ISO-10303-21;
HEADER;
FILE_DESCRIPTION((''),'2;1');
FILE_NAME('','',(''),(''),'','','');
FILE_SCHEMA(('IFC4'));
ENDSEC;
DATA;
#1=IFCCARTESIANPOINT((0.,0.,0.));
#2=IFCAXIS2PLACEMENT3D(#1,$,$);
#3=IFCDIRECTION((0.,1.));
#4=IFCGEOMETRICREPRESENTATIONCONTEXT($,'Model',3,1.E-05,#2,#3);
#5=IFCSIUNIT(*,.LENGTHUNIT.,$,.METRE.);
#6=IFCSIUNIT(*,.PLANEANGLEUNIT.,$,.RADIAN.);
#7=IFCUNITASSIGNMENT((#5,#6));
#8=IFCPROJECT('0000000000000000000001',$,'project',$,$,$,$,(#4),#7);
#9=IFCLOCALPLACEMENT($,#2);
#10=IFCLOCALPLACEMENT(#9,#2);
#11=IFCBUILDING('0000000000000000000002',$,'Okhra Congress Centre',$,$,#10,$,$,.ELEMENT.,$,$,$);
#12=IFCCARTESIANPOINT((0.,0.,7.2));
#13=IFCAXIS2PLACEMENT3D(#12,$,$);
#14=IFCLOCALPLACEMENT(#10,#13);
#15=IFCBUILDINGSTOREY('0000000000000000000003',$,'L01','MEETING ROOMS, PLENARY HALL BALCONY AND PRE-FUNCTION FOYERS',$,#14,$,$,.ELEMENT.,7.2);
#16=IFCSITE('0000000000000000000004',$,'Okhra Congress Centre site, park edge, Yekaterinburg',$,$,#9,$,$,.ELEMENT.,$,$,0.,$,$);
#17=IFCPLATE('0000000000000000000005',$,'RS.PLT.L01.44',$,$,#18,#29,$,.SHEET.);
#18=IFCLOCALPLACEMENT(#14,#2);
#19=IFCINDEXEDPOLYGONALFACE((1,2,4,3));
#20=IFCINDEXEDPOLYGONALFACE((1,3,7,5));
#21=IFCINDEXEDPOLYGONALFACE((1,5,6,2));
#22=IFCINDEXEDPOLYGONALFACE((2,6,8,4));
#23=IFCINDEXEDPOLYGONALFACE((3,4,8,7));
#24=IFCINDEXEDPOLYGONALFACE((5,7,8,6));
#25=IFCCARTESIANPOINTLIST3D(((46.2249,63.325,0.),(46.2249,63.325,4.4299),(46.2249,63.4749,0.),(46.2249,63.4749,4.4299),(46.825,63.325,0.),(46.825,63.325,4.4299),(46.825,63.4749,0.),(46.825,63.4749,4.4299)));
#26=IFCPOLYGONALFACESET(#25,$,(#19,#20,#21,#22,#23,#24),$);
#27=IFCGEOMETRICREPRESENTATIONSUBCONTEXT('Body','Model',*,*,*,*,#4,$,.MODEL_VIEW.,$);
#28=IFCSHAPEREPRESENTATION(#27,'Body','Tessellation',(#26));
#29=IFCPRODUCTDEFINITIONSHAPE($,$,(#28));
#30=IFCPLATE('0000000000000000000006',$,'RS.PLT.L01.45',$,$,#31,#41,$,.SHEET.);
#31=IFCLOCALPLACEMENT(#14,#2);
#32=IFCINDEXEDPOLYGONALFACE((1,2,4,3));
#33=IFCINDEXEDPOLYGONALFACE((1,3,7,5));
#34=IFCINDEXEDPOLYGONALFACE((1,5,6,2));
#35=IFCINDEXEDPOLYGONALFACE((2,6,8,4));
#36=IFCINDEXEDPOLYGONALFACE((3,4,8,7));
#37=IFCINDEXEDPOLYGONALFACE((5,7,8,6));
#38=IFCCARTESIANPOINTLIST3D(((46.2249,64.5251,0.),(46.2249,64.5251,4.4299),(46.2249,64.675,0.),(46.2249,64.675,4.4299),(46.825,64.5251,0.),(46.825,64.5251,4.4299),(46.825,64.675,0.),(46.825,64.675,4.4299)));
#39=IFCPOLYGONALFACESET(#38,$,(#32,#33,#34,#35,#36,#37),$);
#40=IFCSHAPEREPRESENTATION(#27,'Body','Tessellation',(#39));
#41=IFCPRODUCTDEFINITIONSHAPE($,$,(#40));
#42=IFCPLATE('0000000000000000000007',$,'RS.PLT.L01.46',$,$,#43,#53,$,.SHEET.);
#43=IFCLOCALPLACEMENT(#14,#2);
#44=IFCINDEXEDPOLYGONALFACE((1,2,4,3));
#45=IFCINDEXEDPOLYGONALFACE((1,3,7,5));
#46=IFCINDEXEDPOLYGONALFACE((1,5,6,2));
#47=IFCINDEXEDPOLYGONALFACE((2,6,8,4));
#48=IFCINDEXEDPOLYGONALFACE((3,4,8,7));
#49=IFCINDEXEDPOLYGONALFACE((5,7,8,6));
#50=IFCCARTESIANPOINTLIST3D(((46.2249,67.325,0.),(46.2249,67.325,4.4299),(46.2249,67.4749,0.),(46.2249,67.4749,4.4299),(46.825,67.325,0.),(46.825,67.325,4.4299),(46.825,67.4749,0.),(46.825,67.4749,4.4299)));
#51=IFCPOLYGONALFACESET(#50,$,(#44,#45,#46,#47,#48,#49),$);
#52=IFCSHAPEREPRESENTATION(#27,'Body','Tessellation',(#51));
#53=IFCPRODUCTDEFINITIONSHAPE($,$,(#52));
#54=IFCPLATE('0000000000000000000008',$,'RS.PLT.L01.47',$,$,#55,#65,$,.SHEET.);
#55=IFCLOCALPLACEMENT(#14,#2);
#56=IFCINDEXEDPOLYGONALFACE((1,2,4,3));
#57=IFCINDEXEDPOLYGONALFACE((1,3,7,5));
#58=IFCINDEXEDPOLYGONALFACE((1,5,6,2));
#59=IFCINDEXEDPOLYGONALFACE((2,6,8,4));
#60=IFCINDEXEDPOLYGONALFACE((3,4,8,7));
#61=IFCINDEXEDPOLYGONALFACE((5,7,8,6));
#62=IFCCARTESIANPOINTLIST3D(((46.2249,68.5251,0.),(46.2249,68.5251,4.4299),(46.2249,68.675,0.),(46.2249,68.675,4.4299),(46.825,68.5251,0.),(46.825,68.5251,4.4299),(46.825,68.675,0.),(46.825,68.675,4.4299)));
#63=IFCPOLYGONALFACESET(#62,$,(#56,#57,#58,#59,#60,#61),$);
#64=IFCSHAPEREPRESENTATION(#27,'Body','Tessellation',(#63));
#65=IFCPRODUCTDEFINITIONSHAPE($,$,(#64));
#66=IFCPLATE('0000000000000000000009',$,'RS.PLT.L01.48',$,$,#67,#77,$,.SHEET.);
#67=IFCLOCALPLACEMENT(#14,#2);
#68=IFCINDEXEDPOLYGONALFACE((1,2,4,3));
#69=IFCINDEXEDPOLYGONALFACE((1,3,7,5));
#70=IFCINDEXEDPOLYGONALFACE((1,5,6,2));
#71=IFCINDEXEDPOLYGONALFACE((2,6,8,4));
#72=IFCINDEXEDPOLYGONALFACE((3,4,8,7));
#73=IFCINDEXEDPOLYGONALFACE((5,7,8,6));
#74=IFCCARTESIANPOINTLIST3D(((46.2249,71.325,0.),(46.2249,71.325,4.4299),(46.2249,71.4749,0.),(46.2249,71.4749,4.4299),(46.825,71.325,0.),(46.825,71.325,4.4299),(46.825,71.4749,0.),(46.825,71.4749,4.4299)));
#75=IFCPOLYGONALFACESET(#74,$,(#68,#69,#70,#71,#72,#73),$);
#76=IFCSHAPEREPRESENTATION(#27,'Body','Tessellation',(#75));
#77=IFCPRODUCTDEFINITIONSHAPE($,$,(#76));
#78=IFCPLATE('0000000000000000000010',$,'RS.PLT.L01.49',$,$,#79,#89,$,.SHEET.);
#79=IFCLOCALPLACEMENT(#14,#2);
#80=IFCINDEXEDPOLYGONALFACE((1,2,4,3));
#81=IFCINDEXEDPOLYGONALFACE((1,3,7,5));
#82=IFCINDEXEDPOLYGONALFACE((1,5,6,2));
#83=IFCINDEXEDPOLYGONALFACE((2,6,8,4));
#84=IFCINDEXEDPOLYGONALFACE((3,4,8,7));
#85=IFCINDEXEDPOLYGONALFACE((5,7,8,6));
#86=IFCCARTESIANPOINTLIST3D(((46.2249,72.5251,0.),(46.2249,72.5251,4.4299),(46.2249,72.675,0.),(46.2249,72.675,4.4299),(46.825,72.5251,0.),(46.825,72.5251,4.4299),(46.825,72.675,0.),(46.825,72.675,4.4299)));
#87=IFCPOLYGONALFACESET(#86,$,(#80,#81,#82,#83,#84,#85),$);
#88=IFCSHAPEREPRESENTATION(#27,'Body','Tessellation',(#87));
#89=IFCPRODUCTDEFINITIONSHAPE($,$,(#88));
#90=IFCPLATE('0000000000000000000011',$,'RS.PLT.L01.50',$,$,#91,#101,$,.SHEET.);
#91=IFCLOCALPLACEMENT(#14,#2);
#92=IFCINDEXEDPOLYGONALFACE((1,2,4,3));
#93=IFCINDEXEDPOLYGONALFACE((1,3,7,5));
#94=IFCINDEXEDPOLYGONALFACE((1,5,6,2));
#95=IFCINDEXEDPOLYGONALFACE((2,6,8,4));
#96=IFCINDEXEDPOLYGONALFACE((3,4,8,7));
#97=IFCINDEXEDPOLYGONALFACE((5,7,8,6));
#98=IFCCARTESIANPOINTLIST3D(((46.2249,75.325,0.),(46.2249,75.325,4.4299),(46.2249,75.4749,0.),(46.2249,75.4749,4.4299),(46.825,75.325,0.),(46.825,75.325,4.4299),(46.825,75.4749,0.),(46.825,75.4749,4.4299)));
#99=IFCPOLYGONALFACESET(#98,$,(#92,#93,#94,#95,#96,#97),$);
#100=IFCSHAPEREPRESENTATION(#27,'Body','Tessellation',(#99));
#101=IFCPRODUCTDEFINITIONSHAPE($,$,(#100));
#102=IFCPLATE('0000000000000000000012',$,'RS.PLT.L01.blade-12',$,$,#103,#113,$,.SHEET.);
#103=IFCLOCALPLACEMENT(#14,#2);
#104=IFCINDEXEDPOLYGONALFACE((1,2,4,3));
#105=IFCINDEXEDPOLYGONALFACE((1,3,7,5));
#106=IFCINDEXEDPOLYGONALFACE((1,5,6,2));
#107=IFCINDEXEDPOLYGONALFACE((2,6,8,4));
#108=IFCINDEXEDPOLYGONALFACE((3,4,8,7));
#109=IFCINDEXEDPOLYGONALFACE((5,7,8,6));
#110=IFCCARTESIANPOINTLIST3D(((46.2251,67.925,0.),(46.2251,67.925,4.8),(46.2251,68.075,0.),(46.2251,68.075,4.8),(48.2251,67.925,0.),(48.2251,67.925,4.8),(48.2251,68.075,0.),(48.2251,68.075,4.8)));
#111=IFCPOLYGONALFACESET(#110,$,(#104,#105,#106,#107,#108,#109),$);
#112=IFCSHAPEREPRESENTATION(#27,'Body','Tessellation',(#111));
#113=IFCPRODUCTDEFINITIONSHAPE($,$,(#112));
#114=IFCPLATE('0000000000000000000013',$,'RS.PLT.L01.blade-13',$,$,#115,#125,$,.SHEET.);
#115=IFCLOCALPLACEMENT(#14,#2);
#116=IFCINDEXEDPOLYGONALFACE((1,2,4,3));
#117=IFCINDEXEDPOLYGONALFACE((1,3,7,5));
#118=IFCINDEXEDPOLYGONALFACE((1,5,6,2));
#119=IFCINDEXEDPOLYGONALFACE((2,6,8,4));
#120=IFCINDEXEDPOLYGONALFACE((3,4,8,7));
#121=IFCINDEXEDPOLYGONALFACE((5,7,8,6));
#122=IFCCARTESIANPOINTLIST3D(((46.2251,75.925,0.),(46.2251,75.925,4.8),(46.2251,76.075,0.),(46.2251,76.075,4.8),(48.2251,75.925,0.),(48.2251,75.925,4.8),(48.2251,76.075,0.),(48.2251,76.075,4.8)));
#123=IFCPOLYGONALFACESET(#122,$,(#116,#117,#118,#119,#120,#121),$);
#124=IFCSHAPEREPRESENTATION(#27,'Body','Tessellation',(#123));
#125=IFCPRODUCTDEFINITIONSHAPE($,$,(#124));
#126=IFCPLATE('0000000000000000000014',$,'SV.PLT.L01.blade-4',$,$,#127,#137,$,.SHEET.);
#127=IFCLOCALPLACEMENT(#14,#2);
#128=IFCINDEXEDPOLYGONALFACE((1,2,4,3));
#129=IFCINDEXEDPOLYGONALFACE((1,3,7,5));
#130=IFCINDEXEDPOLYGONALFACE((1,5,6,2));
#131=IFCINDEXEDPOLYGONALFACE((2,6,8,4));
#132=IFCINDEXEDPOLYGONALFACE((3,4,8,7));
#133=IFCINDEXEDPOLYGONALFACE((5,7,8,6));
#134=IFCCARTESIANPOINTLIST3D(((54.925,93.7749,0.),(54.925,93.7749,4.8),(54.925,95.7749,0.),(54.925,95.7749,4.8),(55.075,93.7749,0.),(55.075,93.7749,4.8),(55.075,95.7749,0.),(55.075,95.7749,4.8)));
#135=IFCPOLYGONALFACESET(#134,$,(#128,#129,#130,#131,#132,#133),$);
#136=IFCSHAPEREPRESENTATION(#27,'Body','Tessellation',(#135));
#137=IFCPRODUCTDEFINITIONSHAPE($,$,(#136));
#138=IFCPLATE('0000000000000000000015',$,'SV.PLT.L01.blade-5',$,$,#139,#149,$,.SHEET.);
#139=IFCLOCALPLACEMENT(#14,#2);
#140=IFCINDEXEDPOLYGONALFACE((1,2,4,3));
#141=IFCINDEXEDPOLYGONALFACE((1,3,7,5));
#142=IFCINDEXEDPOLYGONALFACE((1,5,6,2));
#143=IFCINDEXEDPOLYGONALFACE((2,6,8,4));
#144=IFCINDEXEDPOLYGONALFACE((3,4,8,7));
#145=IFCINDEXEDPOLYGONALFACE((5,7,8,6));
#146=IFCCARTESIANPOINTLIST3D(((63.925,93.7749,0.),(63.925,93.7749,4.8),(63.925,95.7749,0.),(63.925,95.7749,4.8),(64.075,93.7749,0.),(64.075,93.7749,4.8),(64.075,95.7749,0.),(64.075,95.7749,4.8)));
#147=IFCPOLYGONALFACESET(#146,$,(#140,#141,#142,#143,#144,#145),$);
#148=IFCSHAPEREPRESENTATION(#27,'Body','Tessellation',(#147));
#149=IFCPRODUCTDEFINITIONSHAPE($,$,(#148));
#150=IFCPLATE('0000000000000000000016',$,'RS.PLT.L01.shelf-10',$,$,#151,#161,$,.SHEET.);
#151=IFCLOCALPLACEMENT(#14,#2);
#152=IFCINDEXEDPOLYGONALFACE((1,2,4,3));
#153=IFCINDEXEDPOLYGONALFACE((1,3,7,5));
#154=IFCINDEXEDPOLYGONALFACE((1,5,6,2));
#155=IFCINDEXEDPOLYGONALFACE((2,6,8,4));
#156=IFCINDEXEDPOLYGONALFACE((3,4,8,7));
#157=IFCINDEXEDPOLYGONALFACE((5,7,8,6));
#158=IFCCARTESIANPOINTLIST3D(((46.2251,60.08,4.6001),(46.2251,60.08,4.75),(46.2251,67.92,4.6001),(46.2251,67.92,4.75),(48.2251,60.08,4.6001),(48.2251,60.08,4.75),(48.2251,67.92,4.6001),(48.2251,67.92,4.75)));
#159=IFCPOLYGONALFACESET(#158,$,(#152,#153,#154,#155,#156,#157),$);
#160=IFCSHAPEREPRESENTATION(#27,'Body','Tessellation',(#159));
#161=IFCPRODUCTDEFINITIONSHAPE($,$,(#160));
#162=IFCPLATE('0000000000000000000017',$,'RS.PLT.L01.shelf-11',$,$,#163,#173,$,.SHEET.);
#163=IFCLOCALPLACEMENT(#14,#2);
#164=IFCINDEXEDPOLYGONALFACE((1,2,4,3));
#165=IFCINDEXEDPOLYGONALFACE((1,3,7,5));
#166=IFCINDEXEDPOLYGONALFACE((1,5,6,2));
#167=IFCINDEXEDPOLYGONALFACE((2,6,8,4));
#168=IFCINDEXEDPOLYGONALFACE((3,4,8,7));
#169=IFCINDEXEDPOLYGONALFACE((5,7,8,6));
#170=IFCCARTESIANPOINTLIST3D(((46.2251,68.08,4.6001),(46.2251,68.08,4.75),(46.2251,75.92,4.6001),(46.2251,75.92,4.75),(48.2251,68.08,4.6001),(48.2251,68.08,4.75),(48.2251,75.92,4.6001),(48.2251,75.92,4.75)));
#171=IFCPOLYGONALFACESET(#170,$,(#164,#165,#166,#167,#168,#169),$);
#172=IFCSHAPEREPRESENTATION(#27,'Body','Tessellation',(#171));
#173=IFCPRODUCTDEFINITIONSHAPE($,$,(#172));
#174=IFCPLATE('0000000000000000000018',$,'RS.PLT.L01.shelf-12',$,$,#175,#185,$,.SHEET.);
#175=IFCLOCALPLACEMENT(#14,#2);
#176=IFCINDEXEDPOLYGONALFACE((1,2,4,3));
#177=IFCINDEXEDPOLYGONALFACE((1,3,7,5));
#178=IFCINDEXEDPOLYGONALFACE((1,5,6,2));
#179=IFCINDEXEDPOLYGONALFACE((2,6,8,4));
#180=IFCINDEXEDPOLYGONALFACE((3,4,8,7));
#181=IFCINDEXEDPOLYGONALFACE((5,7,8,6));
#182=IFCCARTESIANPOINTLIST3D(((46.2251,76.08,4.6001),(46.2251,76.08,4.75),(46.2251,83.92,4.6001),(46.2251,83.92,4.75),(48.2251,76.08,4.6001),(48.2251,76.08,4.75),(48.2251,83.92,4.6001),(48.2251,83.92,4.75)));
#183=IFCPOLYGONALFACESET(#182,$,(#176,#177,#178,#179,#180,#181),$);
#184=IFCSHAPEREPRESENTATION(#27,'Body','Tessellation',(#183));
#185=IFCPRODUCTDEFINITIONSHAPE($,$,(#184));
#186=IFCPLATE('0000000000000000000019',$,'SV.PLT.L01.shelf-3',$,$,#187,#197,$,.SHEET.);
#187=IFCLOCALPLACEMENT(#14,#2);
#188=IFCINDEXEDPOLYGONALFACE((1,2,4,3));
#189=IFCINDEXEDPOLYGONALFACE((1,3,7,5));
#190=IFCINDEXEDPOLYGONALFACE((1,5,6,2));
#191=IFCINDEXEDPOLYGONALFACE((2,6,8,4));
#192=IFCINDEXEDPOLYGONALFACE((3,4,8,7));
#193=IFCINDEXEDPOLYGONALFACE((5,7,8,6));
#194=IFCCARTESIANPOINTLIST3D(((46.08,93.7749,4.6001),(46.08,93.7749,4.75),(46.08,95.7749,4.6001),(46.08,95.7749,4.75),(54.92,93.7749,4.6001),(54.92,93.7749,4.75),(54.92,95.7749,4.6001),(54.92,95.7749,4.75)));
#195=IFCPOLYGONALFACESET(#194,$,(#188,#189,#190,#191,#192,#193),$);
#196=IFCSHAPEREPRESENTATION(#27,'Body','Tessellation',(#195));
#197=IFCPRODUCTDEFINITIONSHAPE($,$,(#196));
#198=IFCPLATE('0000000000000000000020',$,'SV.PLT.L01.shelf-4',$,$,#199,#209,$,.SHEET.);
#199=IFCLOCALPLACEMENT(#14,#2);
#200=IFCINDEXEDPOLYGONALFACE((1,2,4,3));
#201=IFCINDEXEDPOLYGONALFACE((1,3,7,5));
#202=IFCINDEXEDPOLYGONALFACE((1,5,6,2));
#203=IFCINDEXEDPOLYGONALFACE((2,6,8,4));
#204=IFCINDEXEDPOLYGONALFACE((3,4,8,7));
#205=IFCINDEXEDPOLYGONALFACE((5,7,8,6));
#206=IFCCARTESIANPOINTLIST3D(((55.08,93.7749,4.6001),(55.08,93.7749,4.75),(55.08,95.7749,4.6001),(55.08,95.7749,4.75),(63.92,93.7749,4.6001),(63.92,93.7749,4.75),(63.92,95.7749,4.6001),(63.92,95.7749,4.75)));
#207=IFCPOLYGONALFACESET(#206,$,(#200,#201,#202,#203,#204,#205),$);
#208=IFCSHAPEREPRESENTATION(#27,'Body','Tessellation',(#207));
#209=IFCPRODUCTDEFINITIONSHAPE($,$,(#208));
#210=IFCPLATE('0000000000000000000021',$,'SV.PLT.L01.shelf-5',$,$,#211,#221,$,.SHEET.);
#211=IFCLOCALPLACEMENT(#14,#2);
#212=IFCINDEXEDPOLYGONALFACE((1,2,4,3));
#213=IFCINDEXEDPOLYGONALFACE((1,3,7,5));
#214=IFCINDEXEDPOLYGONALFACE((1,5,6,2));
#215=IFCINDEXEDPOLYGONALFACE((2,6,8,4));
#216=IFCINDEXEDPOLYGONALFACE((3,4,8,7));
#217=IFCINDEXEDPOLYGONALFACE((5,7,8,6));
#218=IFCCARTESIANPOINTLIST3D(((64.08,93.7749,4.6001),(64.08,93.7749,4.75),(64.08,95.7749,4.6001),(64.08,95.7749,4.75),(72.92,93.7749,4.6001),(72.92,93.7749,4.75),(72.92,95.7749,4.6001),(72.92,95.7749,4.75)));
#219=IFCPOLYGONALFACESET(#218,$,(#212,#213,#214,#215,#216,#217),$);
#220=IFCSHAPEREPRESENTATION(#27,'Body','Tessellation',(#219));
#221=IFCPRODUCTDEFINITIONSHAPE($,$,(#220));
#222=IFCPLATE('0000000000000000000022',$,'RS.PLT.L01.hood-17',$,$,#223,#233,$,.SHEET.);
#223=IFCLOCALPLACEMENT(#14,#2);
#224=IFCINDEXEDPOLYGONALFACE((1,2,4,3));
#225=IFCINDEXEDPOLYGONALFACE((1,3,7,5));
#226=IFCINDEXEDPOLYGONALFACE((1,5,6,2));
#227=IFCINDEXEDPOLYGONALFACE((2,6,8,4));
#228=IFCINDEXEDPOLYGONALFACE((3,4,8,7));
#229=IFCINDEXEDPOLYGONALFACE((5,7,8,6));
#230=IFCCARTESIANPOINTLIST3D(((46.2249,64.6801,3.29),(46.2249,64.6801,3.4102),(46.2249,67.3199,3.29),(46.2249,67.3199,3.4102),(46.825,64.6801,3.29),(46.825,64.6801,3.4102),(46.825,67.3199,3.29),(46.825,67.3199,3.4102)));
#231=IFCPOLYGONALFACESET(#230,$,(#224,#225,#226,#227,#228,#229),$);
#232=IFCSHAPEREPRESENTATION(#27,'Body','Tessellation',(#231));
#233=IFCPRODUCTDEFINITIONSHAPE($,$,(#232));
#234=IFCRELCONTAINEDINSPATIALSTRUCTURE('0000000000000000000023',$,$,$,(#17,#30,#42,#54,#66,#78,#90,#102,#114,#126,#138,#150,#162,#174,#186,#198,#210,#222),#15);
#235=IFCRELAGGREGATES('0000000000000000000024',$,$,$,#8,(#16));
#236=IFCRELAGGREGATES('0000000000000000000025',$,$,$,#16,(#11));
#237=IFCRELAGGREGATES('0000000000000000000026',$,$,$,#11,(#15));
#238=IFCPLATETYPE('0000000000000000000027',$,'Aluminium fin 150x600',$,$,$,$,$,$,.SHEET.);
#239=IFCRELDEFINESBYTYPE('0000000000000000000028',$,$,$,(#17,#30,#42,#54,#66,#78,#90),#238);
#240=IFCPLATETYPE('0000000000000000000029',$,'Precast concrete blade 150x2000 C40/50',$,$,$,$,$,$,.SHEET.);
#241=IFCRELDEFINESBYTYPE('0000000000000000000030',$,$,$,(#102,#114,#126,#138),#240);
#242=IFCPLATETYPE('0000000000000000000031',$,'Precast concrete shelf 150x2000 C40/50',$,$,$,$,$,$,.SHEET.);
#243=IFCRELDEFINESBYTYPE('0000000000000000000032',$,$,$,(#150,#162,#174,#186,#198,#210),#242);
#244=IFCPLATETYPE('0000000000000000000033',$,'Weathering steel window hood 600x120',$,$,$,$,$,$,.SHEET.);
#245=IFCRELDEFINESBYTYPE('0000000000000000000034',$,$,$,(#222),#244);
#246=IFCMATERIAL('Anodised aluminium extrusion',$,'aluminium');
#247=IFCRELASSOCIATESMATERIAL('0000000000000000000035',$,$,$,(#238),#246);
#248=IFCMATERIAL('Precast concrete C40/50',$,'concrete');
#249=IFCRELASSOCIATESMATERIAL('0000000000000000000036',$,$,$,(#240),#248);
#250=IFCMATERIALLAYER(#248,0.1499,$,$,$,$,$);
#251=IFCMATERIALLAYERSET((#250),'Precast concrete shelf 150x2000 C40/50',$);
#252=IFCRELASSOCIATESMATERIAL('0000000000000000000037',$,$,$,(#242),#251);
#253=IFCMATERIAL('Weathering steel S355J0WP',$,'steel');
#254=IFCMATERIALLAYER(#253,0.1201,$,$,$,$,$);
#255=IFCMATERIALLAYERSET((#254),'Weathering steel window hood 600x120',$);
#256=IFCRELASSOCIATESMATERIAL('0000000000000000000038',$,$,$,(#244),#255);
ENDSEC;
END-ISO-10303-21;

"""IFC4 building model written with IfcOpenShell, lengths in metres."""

from ifc_helpers import new_model, si_unit, direction, frame, origin, origin_2d, place, context, subcontext, project, spatial, rectangle, extrude, material, layer, layer_set, type_object, element, save


model = new_model("IFC4")

# Units and contexts
model_context = context("Model", 3, precision=1e-05, world=origin(), true_north=direction((0.0, 1.0)))
body_context = subcontext(model_context, "Body", "Model", "MODEL_VIEW")
ifc_project = project(units=[si_unit("LENGTHUNIT", "METRE"), si_unit("PLANEANGLEUNIT", "RADIAN")], contexts=[model_context])

# Site, building, storey
site_placement = place(None, origin())
site = spatial("IfcSite", under=ifc_project, at=site_placement, Name="Okhra Congress Centre site, park edge, Yekaterinburg", CompositionType="ELEMENT", RefElevation=0.0)
building_placement = place(site_placement, origin())
building = spatial("IfcBuilding", under=site, at=building_placement, Name="Okhra Congress Centre", CompositionType="ELEMENT")
storey_placement = place(building_placement, frame((0.0, 0.0, 7.2)))
storey = spatial("IfcBuildingStorey", under=building, at=storey_placement, Name="L01", Description="MEETING ROOMS, PLENARY HALL BALCONY AND PRE-FUNCTION FOYERS", CompositionType="ELEMENT", Elevation=7.2)

# Plates
ifc_material_1 = material(Name="Anodised aluminium extrusion", Category="aluminium")
plate_type_1 = type_object("IfcPlateType", Name="Aluminium fin 150x600", PredefinedType="SHEET", material=ifc_material_1)
for number, where, z_axis, x_axis, name in (
    (1, (46.5249, 63.3999, 0.0), (0.0, 0.0, 1.0), (0.0, 1.0, 0.0), "RS.PLT.L01.44"),
    (2, (46.5249, 64.6001, 0.0), (0.0, 0.0, 1.0), (0.0, 1.0, 0.0), "RS.PLT.L01.45"),
    (3, (46.5249, 67.3999, 0.0), (0.0, 0.0, 1.0), (0.0, 1.0, 0.0), "RS.PLT.L01.46"),
    (4, (46.5249, 68.6001, 0.0), (0.0, 0.0, 1.0), (0.0, 1.0, 0.0), "RS.PLT.L01.47"),
    (5, (46.5249, 71.3999, 0.0), (0.0, 0.0, 1.0), (0.0, 1.0, 0.0), "RS.PLT.L01.48"),
    (6, (46.5249, 72.6001, 0.0), (0.0, 0.0, 1.0), (0.0, 1.0, 0.0), "RS.PLT.L01.49"),
    (7, (46.5249, 75.3999, 0.0), (0.0, 0.0, 1.0), (0.0, 1.0, 0.0), "RS.PLT.L01.50"),
):
    element("IfcPlate", number, at=place(storey_placement, frame(where, z_axis=z_axis, x_axis=x_axis)), inside=storey, type_object=plate_type_1, Name=name, PredefinedType="SHEET", context=body_context, shape_type="SweptSolid", body=[
        extrude(rectangle(XDim=0.1499, YDim=0.6001, at=origin_2d()), origin(), (0.0, 0.0, 1.0), 4.4299),
    ])
ifc_material_2 = material(Name="Precast concrete C40/50", Category="concrete")
plate_type_2 = type_object("IfcPlateType", Name="Precast concrete blade 150x2000 C40/50", PredefinedType="SHEET", material=ifc_material_2)
for number, where, z_axis, x_axis, name in (
    (8, (47.2251, 68.0, 0.0), (0.0, 0.0, 1.0), (0.0, 1.0, 0.0), "RS.PLT.L01.blade-12"),
    (9, (47.2251, 76.0, 0.0), (0.0, 0.0, 1.0), (0.0, 1.0, 0.0), "RS.PLT.L01.blade-13"),
    (10, (55.0, 94.7749, 0.0), (0.0, 0.0, 1.0), (1.0, 0.0, 0.0), "SV.PLT.L01.blade-4"),
    (11, (64.0, 94.7749, 0.0), (0.0, 0.0, 1.0), (1.0, 0.0, 0.0), "SV.PLT.L01.blade-5"),
):
    element("IfcPlate", number, at=place(storey_placement, frame(where, z_axis=z_axis, x_axis=x_axis)), inside=storey, type_object=plate_type_2, Name=name, PredefinedType="SHEET", context=body_context, shape_type="SweptSolid", body=[
        extrude(rectangle(XDim=0.1499, YDim=2.0, at=origin_2d()), origin(), (0.0, 0.0, 1.0), 4.8),
    ])
ifc_layer_1 = layer(ifc_material_2, 0.1499)
ifc_layer_set_1 = layer_set([ifc_layer_1], Name="Precast concrete shelf 150x2000 C40/50")
plate_type_3 = type_object("IfcPlateType", Name="Precast concrete shelf 150x2000 C40/50", PredefinedType="SHEET", material=ifc_layer_set_1)
for number, where, z_axis, x_axis, name in (
    (12, (47.2251, 64.0, 4.6001), (0.0, 0.0, 1.0), (0.0, 1.0, 0.0), "RS.PLT.L01.shelf-10"),
    (13, (47.2251, 72.0, 4.6001), (0.0, 0.0, 1.0), (0.0, 1.0, 0.0), "RS.PLT.L01.shelf-11"),
    (14, (47.2251, 80.0, 4.6001), (0.0, 0.0, 1.0), (0.0, 1.0, 0.0), "RS.PLT.L01.shelf-12"),
):
    element("IfcPlate", number, at=place(storey_placement, frame(where, z_axis=z_axis, x_axis=x_axis)), inside=storey, type_object=plate_type_3, Name=name, PredefinedType="SHEET", context=body_context, shape_type="SweptSolid", body=[
        extrude(rectangle(XDim=7.8401, YDim=2.0, at=origin_2d()), origin(), (0.0, 0.0, 1.0), 0.1499),
    ])
for number, where, z_axis, x_axis, name in (
    (15, (50.5, 94.7749, 4.6001), (0.0, 0.0, 1.0), (1.0, 0.0, 0.0), "SV.PLT.L01.shelf-3"),
    (16, (59.5, 94.7749, 4.6001), (0.0, 0.0, 1.0), (1.0, 0.0, 0.0), "SV.PLT.L01.shelf-4"),
    (17, (68.5, 94.7749, 4.6001), (0.0, 0.0, 1.0), (1.0, 0.0, 0.0), "SV.PLT.L01.shelf-5"),
):
    element("IfcPlate", number, at=place(storey_placement, frame(where, z_axis=z_axis, x_axis=x_axis)), inside=storey, type_object=plate_type_3, Name=name, PredefinedType="SHEET", context=body_context, shape_type="SweptSolid", body=[
        extrude(rectangle(XDim=8.8401, YDim=2.0, at=origin_2d()), origin(), (0.0, 0.0, 1.0), 0.1499),
    ])
ifc_material_3 = material(Name="Weathering steel S355J0WP", Category="steel")
ifc_layer_2 = layer(ifc_material_3, 0.1201)
ifc_layer_set_2 = layer_set([ifc_layer_2], Name="Weathering steel window hood 600x120")
plate_type_4 = type_object("IfcPlateType", Name="Weathering steel window hood 600x120", PredefinedType="SHEET", material=ifc_layer_set_2)
for number, where, z_axis, x_axis, name in (
    (18, (46.5249, 66.0, 3.29), (0.0, 0.0, 1.0), (0.0, 1.0, 0.0), "RS.PLT.L01.hood-17"),
):
    element("IfcPlate", number, at=place(storey_placement, frame(where, z_axis=z_axis, x_axis=x_axis)), inside=storey, type_object=plate_type_4, Name=name, PredefinedType="SHEET", context=body_context, shape_type="SweptSolid", body=[
        extrude(rectangle(XDim=2.6399, YDim=0.6001, at=origin_2d()), origin(), (0.0, 0.0, 1.0), 0.1201),
    ])

save(model, "model.ifc")
